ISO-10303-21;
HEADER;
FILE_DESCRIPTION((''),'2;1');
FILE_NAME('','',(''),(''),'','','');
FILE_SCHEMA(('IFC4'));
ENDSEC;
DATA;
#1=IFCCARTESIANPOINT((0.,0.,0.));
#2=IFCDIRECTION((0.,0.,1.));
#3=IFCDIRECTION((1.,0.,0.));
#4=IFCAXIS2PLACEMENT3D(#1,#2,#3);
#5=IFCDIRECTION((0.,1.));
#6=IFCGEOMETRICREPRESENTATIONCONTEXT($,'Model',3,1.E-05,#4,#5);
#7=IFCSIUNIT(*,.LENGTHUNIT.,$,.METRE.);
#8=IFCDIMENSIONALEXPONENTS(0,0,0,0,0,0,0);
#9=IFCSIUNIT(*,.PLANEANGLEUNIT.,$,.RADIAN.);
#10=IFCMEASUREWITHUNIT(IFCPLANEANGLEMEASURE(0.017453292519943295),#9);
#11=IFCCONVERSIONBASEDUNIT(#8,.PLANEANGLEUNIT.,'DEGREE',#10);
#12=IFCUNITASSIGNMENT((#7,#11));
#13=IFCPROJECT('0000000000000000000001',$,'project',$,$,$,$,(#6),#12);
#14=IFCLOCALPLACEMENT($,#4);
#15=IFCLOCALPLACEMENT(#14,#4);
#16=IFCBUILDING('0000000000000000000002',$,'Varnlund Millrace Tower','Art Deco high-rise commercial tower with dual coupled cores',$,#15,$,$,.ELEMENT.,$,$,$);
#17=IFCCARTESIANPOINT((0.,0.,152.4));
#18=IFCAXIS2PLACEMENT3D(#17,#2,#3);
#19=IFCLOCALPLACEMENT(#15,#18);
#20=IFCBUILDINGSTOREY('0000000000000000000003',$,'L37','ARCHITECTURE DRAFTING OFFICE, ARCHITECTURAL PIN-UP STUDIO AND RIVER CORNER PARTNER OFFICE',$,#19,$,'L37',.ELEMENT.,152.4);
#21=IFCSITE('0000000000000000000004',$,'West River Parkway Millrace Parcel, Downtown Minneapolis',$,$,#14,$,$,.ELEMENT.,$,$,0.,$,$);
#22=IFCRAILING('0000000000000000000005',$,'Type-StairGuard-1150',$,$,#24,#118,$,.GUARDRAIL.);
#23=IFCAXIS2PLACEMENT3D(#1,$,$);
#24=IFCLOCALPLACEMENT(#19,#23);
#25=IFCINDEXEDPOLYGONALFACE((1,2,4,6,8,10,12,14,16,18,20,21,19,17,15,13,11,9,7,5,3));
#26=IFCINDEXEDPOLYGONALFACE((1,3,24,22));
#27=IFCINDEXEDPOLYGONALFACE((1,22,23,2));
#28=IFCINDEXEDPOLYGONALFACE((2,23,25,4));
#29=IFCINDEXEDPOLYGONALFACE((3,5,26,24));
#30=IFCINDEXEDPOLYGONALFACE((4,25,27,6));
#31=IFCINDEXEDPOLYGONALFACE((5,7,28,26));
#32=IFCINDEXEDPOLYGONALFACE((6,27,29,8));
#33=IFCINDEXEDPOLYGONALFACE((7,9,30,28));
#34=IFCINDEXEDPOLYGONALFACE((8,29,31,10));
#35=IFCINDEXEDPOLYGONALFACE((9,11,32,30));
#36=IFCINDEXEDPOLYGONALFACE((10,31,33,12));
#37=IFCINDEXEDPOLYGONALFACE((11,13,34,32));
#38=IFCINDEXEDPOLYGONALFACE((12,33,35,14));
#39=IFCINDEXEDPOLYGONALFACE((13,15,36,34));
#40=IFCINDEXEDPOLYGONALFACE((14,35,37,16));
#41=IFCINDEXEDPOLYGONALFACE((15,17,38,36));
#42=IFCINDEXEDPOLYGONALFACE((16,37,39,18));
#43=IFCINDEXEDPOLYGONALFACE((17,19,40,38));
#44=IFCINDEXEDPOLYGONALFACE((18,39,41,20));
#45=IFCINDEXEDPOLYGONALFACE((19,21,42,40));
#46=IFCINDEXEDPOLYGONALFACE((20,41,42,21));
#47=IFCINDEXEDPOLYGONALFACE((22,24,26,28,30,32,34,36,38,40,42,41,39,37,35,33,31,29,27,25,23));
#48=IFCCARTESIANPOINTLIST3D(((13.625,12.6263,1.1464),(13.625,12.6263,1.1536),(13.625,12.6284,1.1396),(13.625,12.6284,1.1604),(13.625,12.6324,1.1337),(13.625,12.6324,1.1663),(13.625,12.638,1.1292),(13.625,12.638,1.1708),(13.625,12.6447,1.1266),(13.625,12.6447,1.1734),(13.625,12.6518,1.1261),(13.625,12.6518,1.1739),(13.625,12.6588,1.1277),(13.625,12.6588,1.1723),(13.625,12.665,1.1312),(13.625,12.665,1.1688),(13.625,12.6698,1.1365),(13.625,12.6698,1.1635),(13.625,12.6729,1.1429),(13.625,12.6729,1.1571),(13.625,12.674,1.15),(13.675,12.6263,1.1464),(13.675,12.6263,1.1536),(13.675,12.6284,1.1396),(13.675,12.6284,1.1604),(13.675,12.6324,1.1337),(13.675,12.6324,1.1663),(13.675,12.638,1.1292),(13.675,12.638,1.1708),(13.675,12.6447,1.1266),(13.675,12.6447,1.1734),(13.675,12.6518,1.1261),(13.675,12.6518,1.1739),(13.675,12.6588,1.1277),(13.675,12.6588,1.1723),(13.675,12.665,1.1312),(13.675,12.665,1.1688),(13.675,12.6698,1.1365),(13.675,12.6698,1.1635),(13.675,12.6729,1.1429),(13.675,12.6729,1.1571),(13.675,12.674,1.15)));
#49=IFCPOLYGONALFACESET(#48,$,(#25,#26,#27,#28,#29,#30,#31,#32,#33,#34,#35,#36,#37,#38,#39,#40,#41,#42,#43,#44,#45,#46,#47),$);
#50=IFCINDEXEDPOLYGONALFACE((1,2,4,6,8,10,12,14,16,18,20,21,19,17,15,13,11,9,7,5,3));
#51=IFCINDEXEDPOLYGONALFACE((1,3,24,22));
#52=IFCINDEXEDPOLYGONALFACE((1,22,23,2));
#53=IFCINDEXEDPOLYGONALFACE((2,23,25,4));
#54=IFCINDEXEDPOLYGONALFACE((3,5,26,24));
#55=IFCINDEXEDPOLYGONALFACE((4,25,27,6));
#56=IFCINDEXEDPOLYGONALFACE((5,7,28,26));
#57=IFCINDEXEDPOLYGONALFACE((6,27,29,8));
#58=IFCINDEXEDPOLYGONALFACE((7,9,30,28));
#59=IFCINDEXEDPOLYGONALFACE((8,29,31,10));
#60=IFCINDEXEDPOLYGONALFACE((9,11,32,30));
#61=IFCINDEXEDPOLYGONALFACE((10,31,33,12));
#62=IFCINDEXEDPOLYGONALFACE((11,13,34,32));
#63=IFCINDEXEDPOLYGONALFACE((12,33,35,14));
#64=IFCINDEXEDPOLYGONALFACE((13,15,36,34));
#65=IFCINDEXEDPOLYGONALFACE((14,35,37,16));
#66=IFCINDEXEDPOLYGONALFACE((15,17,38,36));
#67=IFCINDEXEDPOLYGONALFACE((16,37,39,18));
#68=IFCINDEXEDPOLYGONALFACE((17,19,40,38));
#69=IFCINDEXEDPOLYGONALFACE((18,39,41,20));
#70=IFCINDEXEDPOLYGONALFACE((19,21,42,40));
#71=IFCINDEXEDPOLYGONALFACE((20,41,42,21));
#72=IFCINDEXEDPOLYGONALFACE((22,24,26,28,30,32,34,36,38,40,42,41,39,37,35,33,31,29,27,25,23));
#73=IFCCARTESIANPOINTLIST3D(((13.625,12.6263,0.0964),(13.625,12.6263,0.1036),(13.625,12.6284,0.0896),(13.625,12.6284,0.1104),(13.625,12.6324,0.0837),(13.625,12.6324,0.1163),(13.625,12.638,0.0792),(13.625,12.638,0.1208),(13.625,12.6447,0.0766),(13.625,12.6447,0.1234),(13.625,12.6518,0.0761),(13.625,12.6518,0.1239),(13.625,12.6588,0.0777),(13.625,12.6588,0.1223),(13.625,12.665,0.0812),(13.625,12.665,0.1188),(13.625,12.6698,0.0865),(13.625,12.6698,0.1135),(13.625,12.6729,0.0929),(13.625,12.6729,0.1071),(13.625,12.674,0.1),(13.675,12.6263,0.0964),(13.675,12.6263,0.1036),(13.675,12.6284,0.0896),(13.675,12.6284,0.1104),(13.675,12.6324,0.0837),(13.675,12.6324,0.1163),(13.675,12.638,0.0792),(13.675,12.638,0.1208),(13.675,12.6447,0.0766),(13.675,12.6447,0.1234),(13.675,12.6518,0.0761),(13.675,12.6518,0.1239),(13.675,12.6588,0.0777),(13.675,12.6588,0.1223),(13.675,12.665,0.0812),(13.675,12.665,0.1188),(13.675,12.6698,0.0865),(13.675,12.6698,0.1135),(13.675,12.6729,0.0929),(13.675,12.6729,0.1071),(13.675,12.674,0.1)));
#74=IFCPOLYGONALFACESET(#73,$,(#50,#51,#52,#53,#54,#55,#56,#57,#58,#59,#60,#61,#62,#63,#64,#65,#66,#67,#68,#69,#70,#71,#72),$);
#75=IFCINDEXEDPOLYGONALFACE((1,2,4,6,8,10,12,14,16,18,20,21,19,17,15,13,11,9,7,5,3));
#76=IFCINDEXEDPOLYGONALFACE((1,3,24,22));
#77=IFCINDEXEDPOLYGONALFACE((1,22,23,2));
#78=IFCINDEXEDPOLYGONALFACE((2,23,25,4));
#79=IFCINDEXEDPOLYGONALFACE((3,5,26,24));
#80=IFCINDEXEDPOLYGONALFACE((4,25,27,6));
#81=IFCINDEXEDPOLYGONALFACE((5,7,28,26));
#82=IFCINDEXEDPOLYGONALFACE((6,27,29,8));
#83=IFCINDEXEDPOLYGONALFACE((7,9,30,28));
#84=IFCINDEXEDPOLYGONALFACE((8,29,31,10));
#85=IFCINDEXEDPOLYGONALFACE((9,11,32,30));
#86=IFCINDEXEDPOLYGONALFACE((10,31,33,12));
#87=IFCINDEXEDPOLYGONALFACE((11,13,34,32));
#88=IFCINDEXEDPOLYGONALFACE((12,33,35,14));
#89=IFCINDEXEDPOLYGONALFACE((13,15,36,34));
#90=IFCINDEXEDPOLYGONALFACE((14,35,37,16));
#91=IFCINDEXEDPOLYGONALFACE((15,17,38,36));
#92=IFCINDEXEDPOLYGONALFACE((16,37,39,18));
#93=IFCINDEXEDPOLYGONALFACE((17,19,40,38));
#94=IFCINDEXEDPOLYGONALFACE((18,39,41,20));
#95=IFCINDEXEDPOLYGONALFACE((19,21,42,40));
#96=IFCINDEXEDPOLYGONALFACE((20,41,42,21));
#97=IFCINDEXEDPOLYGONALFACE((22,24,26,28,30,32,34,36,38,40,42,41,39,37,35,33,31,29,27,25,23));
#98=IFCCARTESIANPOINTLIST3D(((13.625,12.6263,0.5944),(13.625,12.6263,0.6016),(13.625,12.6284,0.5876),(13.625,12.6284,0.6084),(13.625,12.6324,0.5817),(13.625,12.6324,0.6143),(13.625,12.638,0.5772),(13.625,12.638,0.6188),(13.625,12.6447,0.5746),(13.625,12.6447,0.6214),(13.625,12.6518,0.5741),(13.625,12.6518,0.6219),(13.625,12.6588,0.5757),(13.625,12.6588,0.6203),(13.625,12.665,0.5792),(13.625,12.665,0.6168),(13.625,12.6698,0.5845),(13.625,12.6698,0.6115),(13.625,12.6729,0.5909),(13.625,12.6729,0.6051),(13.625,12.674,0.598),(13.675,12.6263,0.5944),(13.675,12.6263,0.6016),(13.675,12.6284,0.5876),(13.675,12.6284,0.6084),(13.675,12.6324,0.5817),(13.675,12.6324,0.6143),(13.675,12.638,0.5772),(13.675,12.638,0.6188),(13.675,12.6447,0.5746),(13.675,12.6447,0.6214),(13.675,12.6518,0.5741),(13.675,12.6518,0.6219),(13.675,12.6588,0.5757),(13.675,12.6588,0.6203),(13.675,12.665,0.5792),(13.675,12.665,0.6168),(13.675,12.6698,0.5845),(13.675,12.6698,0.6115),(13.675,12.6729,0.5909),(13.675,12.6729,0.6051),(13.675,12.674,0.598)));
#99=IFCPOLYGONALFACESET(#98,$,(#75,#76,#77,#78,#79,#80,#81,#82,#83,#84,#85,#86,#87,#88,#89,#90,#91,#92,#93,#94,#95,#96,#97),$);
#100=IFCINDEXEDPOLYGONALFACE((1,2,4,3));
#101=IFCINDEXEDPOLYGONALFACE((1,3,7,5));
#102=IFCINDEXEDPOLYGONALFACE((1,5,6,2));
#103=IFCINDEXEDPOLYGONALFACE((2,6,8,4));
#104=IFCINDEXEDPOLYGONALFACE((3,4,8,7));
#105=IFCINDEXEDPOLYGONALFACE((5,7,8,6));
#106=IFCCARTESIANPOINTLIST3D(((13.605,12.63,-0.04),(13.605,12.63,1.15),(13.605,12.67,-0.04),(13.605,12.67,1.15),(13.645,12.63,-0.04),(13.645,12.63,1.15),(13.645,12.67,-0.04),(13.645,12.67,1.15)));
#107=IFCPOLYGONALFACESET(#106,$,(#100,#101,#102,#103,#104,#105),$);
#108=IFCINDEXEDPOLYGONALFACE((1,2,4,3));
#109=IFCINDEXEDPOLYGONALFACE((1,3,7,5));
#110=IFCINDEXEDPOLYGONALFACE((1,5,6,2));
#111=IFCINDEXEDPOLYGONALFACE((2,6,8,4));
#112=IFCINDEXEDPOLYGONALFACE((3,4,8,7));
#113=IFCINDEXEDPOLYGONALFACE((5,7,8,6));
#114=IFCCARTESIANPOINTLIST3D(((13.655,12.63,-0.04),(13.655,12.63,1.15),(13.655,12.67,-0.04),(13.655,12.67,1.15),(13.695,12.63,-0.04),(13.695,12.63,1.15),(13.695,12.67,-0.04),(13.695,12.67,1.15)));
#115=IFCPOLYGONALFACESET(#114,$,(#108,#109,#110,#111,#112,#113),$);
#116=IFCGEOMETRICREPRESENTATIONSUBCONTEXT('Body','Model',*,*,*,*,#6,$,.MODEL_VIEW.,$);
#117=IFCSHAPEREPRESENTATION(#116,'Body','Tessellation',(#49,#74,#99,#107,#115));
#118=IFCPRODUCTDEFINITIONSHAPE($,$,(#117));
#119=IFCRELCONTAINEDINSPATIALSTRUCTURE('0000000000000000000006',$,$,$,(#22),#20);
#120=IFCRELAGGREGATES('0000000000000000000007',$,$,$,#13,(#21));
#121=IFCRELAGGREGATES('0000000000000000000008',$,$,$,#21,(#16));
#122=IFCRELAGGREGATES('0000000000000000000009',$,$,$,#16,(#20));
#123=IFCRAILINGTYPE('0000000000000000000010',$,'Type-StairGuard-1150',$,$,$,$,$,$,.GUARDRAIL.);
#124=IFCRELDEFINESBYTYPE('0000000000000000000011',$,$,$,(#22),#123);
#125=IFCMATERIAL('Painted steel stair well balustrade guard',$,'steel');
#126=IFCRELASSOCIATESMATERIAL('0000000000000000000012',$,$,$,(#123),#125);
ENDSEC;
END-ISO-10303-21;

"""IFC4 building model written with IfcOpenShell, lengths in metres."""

from ifc_helpers import new_model, entity, si_unit, converted_unit, direction, frame, origin_with_axes, origin_2d_with_axis, place, context, subcontext, project, spatial, rectangle, circle, extrude, material, type_object, element, save


model = new_model("IFC4")

# Units and contexts
model_context = context("Model", 3, precision=1e-05, world=origin_with_axes(), true_north=direction((0.0, 1.0)))
body_context = subcontext(model_context, "Body", "Model", "MODEL_VIEW")
ifc_project = project(units=[si_unit("LENGTHUNIT", "METRE"), converted_unit("PLANEANGLEUNIT", "DEGREE", entity("IfcPlaneAngleMeasure", 0.017453292519943295), si_unit("PLANEANGLEUNIT", "RADIAN"), dimensions=[0, 0, 0, 0, 0, 0, 0])], contexts=[model_context])

# Site, building, storey
site_placement = place(None, origin_with_axes())
site = spatial("IfcSite", under=ifc_project, at=site_placement, Name="West River Parkway Millrace Parcel, Downtown Minneapolis", CompositionType="ELEMENT", RefElevation=0.0)
building_placement = place(site_placement, origin_with_axes())
building = spatial("IfcBuilding", under=site, at=building_placement, Name="Varnlund Millrace Tower", Description="Art Deco high-rise commercial tower with dual coupled cores", CompositionType="ELEMENT")
storey_placement = place(building_placement, frame((0.0, 0.0, 152.4), z_axis=(0.0, 0.0, 1.0), x_axis=(1.0, 0.0, 0.0)))
storey = spatial("IfcBuildingStorey", under=building, at=storey_placement, Name="L37", Description="ARCHITECTURE DRAFTING OFFICE, ARCHITECTURAL PIN-UP STUDIO AND RIVER CORNER PARTNER OFFICE", LongName="L37", CompositionType="ELEMENT", Elevation=152.4)

# Railing
ifc_material_1 = material(Name="Painted steel stair well balustrade guard", Category="steel")
railing_type_1 = type_object("IfcRailingType", Name="Type-StairGuard-1150", PredefinedType="GUARDRAIL", material=ifc_material_1)
railing_1_placement = place(storey_placement, frame((0.0, 0.0, -152.4), z_axis=(0.0, 0.0, 1.0), x_axis=(1.0, 0.0, 0.0)))
element("IfcRailing", 1, at=railing_1_placement, inside=storey, type_object=railing_type_1, Name="Type-StairGuard-1150", PredefinedType="GUARDRAIL", context=body_context, shape_type="SweptSolid", body=[
    extrude(circle(Radius=0.024, at=origin_2d_with_axis()), frame((13.625, 12.65, 153.55), z_axis=(1.0, 0.0, 0.0), x_axis=(0.0, 1.0, 0.0)), (0.0, 0.0, 1.0), 0.05),
    extrude(circle(Radius=0.024, at=origin_2d_with_axis()), frame((13.625, 12.65, 152.5), z_axis=(1.0, 0.0, 0.0), x_axis=(0.0, 1.0, 0.0)), (0.0, 0.0, 1.0), 0.05),
    extrude(circle(Radius=0.024, at=origin_2d_with_axis()), frame((13.625, 12.65, 152.998), z_axis=(1.0, 0.0, 0.0), x_axis=(0.0, 1.0, 0.0)), (0.0, 0.0, 1.0), 0.05),
    extrude(rectangle(XDim=0.04, YDim=0.04, at=origin_2d_with_axis()), frame((13.625, 12.65, 152.36), z_axis=(0.0, 0.0, 1.0), x_axis=(1.0, 0.0, 0.0)), (0.0, 0.0, 1.0), 1.19),
    extrude(rectangle(XDim=0.04, YDim=0.04, at=origin_2d_with_axis()), frame((13.675, 12.65, 152.36), z_axis=(0.0, 0.0, 1.0), x_axis=(1.0, 0.0, 0.0)), (0.0, 0.0, 1.0), 1.19),
])

save(model, "model.ifc")
